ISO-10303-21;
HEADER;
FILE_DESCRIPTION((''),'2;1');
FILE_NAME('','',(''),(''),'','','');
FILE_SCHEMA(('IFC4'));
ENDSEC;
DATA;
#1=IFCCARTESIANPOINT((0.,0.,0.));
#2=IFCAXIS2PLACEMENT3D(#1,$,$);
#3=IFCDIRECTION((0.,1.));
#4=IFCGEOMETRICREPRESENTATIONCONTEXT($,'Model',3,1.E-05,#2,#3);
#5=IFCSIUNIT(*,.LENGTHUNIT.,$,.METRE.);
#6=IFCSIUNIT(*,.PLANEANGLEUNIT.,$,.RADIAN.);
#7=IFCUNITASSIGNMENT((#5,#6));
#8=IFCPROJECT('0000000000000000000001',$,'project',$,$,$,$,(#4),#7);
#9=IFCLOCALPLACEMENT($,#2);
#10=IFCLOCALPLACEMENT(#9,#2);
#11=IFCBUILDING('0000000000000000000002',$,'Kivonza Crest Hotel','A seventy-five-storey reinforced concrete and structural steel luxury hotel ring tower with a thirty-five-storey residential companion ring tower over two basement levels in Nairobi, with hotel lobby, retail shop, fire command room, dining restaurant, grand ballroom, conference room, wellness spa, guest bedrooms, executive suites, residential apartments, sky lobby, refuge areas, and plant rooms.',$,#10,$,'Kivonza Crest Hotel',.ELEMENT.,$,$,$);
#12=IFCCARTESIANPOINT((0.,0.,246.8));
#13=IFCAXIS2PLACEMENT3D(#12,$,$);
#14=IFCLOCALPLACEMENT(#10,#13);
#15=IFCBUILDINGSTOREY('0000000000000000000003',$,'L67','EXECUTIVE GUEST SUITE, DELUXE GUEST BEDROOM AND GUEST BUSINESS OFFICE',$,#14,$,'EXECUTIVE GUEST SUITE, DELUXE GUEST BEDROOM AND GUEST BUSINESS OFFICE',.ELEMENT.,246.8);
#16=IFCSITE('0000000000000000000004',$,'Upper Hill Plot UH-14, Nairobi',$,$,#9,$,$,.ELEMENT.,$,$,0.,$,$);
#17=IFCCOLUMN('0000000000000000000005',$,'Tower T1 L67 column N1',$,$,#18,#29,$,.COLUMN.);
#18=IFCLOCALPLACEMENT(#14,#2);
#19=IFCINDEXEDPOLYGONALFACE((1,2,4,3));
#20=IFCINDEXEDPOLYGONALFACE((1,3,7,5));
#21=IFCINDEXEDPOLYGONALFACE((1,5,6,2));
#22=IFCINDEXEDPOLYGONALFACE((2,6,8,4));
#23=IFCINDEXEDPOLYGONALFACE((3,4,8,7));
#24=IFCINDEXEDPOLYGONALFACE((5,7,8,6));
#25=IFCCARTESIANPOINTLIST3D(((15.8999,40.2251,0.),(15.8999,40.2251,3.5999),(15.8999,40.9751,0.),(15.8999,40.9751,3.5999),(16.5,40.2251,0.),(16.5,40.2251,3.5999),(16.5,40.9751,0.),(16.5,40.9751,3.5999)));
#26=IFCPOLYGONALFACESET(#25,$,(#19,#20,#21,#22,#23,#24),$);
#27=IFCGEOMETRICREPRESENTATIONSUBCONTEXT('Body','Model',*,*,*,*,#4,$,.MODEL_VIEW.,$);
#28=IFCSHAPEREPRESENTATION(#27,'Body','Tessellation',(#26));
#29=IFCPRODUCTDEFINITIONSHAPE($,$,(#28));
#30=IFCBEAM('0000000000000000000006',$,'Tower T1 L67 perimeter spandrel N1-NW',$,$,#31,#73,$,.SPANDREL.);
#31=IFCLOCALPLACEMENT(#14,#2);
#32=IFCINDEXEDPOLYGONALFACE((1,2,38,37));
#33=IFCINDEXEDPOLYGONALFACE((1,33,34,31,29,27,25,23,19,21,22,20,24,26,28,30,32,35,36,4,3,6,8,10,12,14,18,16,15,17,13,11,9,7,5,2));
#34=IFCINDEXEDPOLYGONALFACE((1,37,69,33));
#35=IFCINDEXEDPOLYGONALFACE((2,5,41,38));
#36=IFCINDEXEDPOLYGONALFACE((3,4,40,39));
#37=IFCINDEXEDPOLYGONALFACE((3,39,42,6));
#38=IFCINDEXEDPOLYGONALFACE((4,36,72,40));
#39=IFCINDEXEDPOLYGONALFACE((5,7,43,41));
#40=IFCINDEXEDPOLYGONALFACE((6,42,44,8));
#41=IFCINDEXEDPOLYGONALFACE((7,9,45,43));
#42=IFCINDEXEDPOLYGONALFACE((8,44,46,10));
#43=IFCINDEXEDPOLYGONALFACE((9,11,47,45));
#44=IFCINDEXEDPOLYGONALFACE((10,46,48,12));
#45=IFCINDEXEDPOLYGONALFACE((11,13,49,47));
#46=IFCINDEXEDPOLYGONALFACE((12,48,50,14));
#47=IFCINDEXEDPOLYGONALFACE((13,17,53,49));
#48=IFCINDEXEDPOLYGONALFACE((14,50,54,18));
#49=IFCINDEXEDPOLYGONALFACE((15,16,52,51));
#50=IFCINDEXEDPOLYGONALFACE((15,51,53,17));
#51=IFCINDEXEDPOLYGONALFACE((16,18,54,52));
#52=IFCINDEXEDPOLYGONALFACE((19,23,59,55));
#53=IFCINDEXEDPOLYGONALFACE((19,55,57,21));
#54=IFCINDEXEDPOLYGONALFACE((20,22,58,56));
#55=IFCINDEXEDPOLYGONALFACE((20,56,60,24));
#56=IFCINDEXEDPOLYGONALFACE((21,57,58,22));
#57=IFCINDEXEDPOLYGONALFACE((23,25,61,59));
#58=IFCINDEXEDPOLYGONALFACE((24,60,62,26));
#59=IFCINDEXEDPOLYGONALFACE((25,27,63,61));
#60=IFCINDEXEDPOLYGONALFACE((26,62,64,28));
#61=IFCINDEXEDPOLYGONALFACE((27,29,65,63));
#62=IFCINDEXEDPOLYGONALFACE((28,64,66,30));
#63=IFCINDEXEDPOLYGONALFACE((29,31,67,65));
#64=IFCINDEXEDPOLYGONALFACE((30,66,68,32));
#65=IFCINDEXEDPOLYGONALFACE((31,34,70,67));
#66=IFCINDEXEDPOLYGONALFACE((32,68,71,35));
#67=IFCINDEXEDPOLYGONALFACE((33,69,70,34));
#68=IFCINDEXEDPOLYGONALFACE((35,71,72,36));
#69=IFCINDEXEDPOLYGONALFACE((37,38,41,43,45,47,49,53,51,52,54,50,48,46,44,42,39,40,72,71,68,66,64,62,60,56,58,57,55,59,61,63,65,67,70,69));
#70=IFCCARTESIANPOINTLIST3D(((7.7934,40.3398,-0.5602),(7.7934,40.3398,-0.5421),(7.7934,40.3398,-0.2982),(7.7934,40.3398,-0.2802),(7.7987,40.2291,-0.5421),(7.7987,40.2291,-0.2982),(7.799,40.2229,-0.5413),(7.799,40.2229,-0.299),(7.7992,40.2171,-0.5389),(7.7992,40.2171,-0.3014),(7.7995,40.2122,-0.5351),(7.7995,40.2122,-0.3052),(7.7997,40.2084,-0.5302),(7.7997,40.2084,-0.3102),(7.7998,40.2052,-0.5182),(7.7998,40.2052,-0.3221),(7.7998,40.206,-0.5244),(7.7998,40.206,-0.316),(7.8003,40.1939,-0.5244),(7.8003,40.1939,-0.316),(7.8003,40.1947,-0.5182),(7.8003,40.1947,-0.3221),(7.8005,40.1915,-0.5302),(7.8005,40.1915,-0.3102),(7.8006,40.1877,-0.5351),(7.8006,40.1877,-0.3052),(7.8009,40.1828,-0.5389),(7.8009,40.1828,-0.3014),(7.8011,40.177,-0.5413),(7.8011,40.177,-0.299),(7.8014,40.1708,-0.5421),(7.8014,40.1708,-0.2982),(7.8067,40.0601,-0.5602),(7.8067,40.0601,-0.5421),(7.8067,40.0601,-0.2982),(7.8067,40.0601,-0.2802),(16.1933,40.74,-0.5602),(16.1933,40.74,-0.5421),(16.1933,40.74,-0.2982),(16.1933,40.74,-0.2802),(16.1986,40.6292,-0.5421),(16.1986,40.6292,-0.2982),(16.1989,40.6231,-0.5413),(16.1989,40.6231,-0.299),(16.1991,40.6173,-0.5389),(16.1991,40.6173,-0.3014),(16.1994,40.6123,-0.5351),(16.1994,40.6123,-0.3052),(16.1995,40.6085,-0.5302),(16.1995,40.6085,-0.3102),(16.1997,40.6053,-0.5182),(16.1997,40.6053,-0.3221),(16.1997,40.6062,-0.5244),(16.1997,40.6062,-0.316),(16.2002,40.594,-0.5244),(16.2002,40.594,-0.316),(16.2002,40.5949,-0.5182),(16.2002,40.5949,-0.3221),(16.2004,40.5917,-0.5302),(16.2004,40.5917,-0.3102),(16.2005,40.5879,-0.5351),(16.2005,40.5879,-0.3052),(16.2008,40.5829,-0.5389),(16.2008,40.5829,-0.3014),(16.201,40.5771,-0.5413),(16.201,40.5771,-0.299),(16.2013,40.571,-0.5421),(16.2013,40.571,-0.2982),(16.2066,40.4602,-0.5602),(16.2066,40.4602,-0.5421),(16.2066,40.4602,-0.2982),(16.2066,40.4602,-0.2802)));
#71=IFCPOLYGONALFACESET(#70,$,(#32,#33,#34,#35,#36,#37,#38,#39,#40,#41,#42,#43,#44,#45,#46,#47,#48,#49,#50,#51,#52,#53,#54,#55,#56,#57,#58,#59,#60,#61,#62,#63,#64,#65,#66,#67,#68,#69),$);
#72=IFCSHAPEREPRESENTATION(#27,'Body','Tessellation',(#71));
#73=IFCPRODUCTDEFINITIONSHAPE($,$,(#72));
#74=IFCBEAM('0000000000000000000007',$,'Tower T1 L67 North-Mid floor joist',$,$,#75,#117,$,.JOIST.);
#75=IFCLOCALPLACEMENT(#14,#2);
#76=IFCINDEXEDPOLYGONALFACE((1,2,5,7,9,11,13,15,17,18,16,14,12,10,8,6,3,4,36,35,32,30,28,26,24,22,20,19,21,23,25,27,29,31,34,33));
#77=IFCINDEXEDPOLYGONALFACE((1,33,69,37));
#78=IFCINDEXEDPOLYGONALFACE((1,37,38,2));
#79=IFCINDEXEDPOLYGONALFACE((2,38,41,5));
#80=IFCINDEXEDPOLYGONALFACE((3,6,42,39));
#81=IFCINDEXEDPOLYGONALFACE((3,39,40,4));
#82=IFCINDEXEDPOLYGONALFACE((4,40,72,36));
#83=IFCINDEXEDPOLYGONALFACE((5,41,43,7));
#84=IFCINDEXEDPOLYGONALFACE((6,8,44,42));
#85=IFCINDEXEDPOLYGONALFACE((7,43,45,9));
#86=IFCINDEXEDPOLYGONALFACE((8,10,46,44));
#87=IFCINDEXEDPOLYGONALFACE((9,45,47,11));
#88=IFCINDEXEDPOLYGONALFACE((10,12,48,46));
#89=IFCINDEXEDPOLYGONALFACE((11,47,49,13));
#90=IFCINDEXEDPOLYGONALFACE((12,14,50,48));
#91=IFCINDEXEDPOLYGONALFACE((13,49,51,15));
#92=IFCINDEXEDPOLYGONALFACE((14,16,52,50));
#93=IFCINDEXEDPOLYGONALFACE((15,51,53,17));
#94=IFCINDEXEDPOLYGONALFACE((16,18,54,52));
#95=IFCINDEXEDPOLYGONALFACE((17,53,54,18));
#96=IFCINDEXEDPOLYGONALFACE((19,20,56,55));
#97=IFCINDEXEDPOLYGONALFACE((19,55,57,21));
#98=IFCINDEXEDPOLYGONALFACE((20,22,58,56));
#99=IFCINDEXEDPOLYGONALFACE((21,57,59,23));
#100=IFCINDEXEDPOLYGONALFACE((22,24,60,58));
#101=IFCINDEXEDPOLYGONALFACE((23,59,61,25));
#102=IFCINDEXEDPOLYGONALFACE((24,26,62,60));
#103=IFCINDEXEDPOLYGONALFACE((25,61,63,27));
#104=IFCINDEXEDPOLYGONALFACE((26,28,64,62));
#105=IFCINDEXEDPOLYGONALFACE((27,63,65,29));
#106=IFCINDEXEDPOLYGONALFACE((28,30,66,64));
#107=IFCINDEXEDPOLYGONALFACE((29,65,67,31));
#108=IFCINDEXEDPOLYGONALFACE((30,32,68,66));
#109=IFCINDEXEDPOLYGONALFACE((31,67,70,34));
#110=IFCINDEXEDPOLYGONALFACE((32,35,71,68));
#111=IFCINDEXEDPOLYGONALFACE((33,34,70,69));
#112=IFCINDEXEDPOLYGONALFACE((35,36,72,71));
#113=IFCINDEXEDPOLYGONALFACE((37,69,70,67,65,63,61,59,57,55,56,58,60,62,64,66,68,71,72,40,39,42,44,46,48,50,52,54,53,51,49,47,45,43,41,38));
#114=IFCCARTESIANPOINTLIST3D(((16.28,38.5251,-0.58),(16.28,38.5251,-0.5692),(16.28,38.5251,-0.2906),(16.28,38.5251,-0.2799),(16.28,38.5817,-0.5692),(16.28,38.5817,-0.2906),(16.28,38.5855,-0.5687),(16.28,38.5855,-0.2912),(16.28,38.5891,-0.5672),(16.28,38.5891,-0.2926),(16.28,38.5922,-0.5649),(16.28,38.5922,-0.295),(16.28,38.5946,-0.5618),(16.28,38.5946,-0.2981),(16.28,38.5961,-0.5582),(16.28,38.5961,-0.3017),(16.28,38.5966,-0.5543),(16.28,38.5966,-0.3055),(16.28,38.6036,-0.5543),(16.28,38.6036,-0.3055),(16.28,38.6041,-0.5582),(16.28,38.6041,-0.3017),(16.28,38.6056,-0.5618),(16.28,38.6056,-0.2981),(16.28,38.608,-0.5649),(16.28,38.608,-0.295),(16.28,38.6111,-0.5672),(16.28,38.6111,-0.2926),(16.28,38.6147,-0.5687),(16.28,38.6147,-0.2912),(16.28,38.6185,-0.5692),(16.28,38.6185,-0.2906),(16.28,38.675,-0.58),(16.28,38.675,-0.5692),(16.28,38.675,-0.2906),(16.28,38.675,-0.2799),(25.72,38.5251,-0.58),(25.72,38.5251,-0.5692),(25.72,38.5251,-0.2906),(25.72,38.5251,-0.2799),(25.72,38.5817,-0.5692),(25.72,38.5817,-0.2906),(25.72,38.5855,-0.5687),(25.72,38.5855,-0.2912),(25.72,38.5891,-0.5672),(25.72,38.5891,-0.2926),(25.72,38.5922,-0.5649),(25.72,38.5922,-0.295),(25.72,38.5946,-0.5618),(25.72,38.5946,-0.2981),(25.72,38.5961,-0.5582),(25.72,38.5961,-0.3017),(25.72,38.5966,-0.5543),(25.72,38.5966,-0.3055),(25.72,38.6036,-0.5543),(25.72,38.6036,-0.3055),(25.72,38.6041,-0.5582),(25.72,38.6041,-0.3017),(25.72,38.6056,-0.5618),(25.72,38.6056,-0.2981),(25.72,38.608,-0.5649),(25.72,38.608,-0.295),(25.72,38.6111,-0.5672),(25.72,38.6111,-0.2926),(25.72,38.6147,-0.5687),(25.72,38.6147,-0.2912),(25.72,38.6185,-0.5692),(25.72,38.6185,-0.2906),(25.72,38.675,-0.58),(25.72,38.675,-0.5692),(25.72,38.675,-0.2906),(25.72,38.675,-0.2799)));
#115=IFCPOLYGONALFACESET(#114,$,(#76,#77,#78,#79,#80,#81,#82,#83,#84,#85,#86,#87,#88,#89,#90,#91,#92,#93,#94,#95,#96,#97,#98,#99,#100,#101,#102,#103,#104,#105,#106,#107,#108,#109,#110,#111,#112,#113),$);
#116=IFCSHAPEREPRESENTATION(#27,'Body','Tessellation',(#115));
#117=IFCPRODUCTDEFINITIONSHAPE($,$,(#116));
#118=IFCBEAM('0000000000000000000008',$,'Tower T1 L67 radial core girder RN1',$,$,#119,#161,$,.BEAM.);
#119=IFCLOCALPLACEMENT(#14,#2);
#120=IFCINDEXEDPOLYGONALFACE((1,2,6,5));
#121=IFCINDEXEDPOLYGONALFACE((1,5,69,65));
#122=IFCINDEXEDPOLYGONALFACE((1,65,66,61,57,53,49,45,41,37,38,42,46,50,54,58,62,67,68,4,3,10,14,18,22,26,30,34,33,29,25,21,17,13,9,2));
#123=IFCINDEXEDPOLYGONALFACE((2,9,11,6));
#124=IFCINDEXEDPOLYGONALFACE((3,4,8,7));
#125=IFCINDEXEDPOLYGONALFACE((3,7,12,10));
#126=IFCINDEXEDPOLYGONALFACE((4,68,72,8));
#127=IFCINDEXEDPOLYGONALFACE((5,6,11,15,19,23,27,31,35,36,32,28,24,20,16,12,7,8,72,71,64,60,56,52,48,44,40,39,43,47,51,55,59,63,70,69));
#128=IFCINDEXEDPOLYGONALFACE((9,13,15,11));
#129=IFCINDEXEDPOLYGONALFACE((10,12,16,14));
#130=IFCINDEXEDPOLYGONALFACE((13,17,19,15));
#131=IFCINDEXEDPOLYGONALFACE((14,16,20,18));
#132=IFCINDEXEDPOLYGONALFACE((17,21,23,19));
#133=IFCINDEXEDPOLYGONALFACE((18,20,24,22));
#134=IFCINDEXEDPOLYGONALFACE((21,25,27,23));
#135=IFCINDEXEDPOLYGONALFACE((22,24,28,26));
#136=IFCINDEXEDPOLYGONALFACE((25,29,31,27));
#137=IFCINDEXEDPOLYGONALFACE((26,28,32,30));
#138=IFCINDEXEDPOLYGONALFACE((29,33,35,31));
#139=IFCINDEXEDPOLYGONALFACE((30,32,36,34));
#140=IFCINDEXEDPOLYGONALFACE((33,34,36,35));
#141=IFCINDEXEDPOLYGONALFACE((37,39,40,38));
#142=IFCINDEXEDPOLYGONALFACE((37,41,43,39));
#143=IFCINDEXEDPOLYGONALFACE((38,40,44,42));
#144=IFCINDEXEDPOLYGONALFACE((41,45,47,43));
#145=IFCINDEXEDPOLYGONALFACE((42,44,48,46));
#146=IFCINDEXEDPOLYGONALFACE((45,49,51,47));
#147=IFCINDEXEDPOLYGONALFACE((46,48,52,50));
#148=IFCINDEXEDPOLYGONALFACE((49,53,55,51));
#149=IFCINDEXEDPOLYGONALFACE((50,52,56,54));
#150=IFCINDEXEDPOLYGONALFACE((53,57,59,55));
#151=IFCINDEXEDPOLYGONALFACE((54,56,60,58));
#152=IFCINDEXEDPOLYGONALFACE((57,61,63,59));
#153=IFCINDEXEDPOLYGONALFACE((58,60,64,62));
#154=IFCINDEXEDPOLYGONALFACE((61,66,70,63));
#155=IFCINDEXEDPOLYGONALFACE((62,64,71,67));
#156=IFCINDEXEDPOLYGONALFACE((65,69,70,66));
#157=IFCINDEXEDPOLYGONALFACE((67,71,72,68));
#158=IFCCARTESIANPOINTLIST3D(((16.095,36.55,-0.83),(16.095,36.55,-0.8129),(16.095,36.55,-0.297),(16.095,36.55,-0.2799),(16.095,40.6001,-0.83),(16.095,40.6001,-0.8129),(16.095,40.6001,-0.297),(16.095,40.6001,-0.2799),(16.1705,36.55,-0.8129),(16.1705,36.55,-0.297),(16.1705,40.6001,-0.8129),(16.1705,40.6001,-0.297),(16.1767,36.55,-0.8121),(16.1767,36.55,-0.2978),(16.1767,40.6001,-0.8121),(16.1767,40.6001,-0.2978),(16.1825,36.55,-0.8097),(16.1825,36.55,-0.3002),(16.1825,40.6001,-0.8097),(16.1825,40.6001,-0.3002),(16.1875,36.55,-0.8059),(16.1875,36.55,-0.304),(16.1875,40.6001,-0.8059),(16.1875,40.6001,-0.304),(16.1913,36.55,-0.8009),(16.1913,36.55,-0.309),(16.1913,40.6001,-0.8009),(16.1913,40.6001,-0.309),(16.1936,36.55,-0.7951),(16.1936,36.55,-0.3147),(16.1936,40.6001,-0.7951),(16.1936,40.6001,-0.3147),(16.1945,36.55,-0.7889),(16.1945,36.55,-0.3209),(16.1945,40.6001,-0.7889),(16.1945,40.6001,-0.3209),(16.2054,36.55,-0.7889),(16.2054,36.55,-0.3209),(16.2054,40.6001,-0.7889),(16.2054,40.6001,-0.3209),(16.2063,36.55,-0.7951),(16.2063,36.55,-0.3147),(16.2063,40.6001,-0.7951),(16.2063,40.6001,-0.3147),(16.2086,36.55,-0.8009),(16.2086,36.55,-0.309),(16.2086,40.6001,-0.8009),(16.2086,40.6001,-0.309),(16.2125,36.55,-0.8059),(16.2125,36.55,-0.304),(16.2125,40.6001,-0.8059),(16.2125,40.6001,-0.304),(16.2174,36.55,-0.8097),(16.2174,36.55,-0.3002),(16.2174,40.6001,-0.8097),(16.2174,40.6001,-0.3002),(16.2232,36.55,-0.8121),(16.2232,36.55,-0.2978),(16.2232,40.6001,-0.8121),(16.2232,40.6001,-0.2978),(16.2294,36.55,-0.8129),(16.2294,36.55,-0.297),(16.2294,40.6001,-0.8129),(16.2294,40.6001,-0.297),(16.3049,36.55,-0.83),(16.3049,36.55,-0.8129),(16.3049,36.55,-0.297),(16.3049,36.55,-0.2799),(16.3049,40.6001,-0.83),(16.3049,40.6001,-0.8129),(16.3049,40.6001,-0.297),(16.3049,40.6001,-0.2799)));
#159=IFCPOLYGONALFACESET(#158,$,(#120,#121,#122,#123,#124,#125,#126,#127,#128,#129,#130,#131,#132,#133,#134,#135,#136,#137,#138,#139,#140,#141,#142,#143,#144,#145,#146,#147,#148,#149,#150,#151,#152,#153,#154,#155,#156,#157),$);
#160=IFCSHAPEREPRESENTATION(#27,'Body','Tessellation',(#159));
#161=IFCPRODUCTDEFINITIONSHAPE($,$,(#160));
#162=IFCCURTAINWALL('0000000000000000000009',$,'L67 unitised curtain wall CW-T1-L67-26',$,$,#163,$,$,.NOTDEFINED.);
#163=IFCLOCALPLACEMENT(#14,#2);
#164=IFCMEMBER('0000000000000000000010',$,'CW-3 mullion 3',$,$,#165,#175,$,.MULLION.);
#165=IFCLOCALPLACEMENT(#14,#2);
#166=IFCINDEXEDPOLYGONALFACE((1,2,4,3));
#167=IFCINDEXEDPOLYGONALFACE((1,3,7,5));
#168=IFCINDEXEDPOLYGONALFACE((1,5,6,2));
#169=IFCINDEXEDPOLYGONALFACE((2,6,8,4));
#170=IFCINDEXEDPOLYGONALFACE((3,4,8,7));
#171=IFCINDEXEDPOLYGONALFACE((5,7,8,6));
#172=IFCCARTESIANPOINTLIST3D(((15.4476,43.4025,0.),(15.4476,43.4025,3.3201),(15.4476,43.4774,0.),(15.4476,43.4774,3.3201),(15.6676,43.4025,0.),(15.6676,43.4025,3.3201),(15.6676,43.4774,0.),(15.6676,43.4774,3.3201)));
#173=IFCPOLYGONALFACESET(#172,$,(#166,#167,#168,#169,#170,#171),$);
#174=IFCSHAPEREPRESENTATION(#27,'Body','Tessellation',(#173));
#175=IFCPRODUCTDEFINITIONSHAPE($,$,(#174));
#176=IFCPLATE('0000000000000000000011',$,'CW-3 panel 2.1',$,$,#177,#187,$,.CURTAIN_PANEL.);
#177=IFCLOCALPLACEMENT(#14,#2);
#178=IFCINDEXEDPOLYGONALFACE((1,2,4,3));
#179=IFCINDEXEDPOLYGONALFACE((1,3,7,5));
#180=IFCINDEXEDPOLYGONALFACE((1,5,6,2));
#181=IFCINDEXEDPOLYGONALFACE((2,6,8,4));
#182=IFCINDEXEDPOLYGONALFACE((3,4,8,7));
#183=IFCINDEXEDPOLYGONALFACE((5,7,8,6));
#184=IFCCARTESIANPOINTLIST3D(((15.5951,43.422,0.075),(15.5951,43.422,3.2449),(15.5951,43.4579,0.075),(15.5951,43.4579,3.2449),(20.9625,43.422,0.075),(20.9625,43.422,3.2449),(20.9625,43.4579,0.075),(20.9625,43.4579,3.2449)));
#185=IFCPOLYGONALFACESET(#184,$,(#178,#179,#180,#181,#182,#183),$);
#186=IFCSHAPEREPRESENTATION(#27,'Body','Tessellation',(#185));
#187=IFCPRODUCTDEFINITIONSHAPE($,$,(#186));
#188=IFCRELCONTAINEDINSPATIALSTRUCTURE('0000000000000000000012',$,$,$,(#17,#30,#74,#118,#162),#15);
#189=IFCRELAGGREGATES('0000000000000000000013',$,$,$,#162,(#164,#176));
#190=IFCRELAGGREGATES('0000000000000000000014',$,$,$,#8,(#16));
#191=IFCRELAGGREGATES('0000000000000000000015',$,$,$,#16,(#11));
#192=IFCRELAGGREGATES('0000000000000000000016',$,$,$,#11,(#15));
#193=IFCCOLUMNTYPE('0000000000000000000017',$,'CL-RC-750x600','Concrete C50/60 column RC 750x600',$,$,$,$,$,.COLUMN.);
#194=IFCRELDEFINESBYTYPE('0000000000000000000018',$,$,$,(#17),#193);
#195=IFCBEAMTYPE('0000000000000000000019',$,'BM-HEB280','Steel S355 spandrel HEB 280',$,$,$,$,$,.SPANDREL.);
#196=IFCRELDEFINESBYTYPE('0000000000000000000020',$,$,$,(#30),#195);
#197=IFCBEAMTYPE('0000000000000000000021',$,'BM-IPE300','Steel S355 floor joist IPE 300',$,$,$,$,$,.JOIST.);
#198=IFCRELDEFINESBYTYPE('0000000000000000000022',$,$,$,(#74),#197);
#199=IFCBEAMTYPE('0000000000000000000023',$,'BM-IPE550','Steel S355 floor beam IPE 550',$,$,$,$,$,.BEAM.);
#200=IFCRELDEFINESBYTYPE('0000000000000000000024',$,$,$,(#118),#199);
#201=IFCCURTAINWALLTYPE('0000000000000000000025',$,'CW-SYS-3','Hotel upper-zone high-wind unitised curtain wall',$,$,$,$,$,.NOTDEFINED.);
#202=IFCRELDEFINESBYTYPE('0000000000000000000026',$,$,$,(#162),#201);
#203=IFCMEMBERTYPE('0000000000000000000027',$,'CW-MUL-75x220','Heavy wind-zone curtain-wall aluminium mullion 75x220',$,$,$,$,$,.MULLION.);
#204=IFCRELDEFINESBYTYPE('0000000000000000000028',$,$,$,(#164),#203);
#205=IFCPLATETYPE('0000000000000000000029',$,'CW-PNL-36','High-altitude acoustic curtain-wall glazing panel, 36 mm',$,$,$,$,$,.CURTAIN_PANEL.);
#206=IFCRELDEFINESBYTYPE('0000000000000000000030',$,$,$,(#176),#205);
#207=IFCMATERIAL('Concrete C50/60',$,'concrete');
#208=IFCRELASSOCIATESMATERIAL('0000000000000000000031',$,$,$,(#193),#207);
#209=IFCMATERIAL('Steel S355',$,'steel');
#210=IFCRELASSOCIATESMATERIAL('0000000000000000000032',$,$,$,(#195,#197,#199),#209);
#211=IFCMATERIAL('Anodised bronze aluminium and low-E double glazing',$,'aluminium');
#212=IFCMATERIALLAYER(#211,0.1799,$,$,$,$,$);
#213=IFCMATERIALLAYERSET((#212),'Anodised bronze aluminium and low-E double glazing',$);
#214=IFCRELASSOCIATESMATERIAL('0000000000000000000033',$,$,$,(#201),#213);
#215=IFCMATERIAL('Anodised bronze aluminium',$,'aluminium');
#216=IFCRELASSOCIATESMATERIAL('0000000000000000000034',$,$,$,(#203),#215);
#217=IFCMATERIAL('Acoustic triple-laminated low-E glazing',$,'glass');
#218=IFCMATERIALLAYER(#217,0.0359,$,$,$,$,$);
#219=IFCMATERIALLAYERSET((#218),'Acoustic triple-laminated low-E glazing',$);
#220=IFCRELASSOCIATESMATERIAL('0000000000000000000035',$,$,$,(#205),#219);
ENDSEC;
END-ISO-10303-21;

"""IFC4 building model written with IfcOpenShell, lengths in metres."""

from ifc_helpers import new_model, si_unit, direction, frame, origin, origin_2d, place, context, subcontext, project, spatial, rectangle, i_section, extrude, material, layer, layer_set, material_profile, profile_set, type_object, element, aggregate, save


model = new_model("IFC4")

# Units and contexts
model_context = context("Model", 3, precision=1e-05, world=origin(), true_north=direction((0.0, 1.0)))
body_context = subcontext(model_context, "Body", "Model", "MODEL_VIEW")
ifc_project = project(units=[si_unit("LENGTHUNIT", "METRE"), si_unit("PLANEANGLEUNIT", "RADIAN")], contexts=[model_context])

# Site, building, storey
site_placement = place(None, origin())
site = spatial("IfcSite", under=ifc_project, at=site_placement, Name="Upper Hill Plot UH-14, Nairobi", CompositionType="ELEMENT", RefElevation=0.0)
building_placement = place(site_placement, origin())
building = spatial("IfcBuilding", under=site, at=building_placement, Name="Kivonza Crest Hotel", Description="A seventy-five-storey reinforced concrete and structural steel luxury hotel ring tower with a thirty-five-storey residential companion ring tower over two basement levels in Nairobi, with hotel lobby, retail shop, fire command room, dining restaurant, grand ballroom, conference room, wellness spa, guest bedrooms, executive suites, residential apartments, sky lobby, refuge areas, and plant rooms.", LongName="Kivonza Crest Hotel", CompositionType="ELEMENT")
storey_placement = place(building_placement, frame((0.0, 0.0, 246.8)))
storey = spatial("IfcBuildingStorey", under=building, at=storey_placement, Name="L67", Description="EXECUTIVE GUEST SUITE, DELUXE GUEST BEDROOM AND GUEST BUSINESS OFFICE", LongName="EXECUTIVE GUEST SUITE, DELUXE GUEST BEDROOM AND GUEST BUSINESS OFFICE", CompositionType="ELEMENT", Elevation=246.8)

# Column
ifc_material_1 = material(Name="Concrete C50/60", Category="concrete")
ifc_material_profile_1 = material_profile(ifc_material_1, rectangle(XDim=0.6001, YDim=0.75, at=origin_2d()), Name="RC 750x600")
ifc_profile_set_1 = profile_set([ifc_material_profile_1], Name="Concrete C50/60")
column_type = type_object("IfcColumnType", Name="CL-RC-750x600", Description="Concrete C50/60 column RC 750x600", PredefinedType="COLUMN", material=ifc_profile_set_1)
column_placement = place(storey_placement, frame((16.2, 40.6001, 0.0), z_axis=(0.0, 0.0, 1.0), x_axis=(1.0, 0.0, 0.0)))
element("IfcColumn", 1, at=column_placement, inside=storey, type_object=column_type, Name="Tower T1 L67 column N1", PredefinedType="COLUMN", context=body_context, shape_type="SweptSolid", body=[
    extrude(rectangle(XDim=0.6001, YDim=0.75, at=origin_2d()), origin(), (0.0, 0.0, 1.0), 3.5999),
])

# Beams
ifc_material_2 = material(Name="Steel S355", Category="steel")
ifc_material_profile_2 = material_profile(ifc_material_2, i_section(OverallWidth=0.28, OverallDepth=0.28, WebThickness=0.0105, FlangeThickness=0.0181, FilletRadius=0.0239, at=origin_2d()), Name="HEB 280")
ifc_profile_set_2 = profile_set([ifc_material_profile_2], Name="Steel S355")
beam_type_1 = type_object("IfcBeamType", Name="BM-HEB280", Description="Steel S355 spandrel HEB 280", PredefinedType="SPANDREL", material=ifc_profile_set_2)
beam_1_placement = place(storey_placement, frame((16.2, 40.6001, -0.4202), z_axis=(-0.998867, -0.047583, 0.0), x_axis=(0.047583, -0.998867, 0.0)))
element("IfcBeam", 2, at=beam_1_placement, inside=storey, type_object=beam_type_1, Name="Tower T1 L67 perimeter spandrel N1-NW", PredefinedType="SPANDREL", context=body_context, shape_type="SweptSolid", body=[
    extrude(i_section(OverallWidth=0.28, OverallDepth=0.28, WebThickness=0.0105, FlangeThickness=0.0181, FilletRadius=0.0239, at=origin_2d()), origin(), (0.0, 0.0, 1.0), 8.4094),
])
ifc_material_profile_3 = material_profile(ifc_material_2, i_section(OverallWidth=0.1499, OverallDepth=0.3, WebThickness=0.0071, FlangeThickness=0.0107, FilletRadius=0.0149, at=origin_2d()), Name="IPE 300")
ifc_profile_set_3 = profile_set([ifc_material_profile_3], Name="Steel S355")
beam_type_2 = type_object("IfcBeamType", Name="BM-IPE300", Description="Steel S355 floor joist IPE 300", PredefinedType="JOIST", material=ifc_profile_set_3)
beam_2_placement = place(storey_placement, frame((16.28, 38.6001, -0.4299), z_axis=(1.0, 0.0, 0.0), x_axis=(0.0, 1.0, 0.0)))
element("IfcBeam", 3, at=beam_2_placement, inside=storey, type_object=beam_type_2, Name="Tower T1 L67 North-Mid floor joist", PredefinedType="JOIST", context=body_context, shape_type="SweptSolid", body=[
    extrude(i_section(OverallWidth=0.1499, OverallDepth=0.3, WebThickness=0.0071, FlangeThickness=0.0107, FilletRadius=0.0149, at=origin_2d()), origin(), (0.0, 0.0, 1.0), 9.4399),
])
ifc_material_profile_4 = material_profile(ifc_material_2, i_section(OverallWidth=0.21, OverallDepth=0.55, WebThickness=0.011, FlangeThickness=0.0171, FilletRadius=0.0239, at=origin_2d()), Name="IPE 550")
ifc_profile_set_4 = profile_set([ifc_material_profile_4], Name="Steel S355")
beam_type_3 = type_object("IfcBeamType", Name="BM-IPE550", Description="Steel S355 floor beam IPE 550", PredefinedType="BEAM", material=ifc_profile_set_4)
beam_3_placement = place(storey_placement, frame((16.2, 40.6001, -0.5549), z_axis=(0.0, -1.0, 0.0), x_axis=(1.0, 0.0, 0.0)))
element("IfcBeam", 4, at=beam_3_placement, inside=storey, type_object=beam_type_3, Name="Tower T1 L67 radial core girder RN1", PredefinedType="BEAM", context=body_context, shape_type="SweptSolid", body=[
    extrude(i_section(OverallWidth=0.21, OverallDepth=0.55, WebThickness=0.011, FlangeThickness=0.0171, FilletRadius=0.0239, at=origin_2d()), origin(), (0.0, 0.0, 1.0), 4.05),
])

# Curtain wall, member, plate
ifc_material_3 = material(Name="Anodised bronze aluminium and low-E double glazing", Category="aluminium")
ifc_layer_1 = layer(ifc_material_3, 0.1799)
ifc_layer_set_1 = layer_set([ifc_layer_1], Name="Anodised bronze aluminium and low-E double glazing")
curtain_wall_type = type_object("IfcCurtainWallType", Name="CW-SYS-3", Description="Hotel upper-zone high-wind unitised curtain wall", PredefinedType="NOTDEFINED", material=ifc_layer_set_1)
curtain_wall_placement = place(storey_placement, origin())
curtain_wall = element("IfcCurtainWall", 5, at=curtain_wall_placement, inside=storey, type_object=curtain_wall_type, Name="L67 unitised curtain wall CW-T1-L67-26", PredefinedType="NOTDEFINED")
ifc_material_4 = material(Name="Anodised bronze aluminium", Category="aluminium")
ifc_material_profile_5 = material_profile(ifc_material_4, rectangle(XDim=0.075, YDim=0.22, at=origin_2d()), Name="CW-M 75x220")
ifc_profile_set_5 = profile_set([ifc_material_profile_5], Name="Anodised bronze aluminium")
member_type = type_object("IfcMemberType", Name="CW-MUL-75x220", Description="Heavy wind-zone curtain-wall aluminium mullion 75x220", PredefinedType="MULLION", material=ifc_profile_set_5)
member_placement = place(storey_placement, frame((15.5576, 43.4399, 0.0), z_axis=(0.0, 0.0, 1.0), x_axis=(0.0, -1.0, 0.0)))
member = element("IfcMember", 6, at=member_placement, type_object=member_type, Name="CW-3 mullion 3", PredefinedType="MULLION", context=body_context, shape_type="SweptSolid", body=[
    extrude(rectangle(XDim=0.075, YDim=0.22, at=origin_2d()), origin(), (0.0, 0.0, 1.0), 3.3201),
])
ifc_material_5 = material(Name="Acoustic triple-laminated low-E glazing", Category="glass")
ifc_layer_2 = layer(ifc_material_5, 0.0359)
ifc_layer_set_2 = layer_set([ifc_layer_2], Name="Acoustic triple-laminated low-E glazing")
plate_type = type_object("IfcPlateType", Name="CW-PNL-36", Description="High-altitude acoustic curtain-wall glazing panel, 36 mm", PredefinedType="CURTAIN_PANEL", material=ifc_layer_set_2)
plate_placement = place(storey_placement, frame((18.2788, 43.4399, 0.075), z_axis=(0.0, 0.0, 1.0), x_axis=(-1.0, 0.0, 0.0)))
plate = element("IfcPlate", 7, at=plate_placement, type_object=plate_type, Name="CW-3 panel 2.1", PredefinedType="CURTAIN_PANEL", context=body_context, shape_type="SweptSolid", body=[
    extrude(rectangle(XDim=5.3674, YDim=0.0359, at=origin_2d()), origin(), (0.0, 0.0, 1.0), 3.1699),
])
aggregate(curtain_wall, [member, plate])

save(model, "model.ifc")
